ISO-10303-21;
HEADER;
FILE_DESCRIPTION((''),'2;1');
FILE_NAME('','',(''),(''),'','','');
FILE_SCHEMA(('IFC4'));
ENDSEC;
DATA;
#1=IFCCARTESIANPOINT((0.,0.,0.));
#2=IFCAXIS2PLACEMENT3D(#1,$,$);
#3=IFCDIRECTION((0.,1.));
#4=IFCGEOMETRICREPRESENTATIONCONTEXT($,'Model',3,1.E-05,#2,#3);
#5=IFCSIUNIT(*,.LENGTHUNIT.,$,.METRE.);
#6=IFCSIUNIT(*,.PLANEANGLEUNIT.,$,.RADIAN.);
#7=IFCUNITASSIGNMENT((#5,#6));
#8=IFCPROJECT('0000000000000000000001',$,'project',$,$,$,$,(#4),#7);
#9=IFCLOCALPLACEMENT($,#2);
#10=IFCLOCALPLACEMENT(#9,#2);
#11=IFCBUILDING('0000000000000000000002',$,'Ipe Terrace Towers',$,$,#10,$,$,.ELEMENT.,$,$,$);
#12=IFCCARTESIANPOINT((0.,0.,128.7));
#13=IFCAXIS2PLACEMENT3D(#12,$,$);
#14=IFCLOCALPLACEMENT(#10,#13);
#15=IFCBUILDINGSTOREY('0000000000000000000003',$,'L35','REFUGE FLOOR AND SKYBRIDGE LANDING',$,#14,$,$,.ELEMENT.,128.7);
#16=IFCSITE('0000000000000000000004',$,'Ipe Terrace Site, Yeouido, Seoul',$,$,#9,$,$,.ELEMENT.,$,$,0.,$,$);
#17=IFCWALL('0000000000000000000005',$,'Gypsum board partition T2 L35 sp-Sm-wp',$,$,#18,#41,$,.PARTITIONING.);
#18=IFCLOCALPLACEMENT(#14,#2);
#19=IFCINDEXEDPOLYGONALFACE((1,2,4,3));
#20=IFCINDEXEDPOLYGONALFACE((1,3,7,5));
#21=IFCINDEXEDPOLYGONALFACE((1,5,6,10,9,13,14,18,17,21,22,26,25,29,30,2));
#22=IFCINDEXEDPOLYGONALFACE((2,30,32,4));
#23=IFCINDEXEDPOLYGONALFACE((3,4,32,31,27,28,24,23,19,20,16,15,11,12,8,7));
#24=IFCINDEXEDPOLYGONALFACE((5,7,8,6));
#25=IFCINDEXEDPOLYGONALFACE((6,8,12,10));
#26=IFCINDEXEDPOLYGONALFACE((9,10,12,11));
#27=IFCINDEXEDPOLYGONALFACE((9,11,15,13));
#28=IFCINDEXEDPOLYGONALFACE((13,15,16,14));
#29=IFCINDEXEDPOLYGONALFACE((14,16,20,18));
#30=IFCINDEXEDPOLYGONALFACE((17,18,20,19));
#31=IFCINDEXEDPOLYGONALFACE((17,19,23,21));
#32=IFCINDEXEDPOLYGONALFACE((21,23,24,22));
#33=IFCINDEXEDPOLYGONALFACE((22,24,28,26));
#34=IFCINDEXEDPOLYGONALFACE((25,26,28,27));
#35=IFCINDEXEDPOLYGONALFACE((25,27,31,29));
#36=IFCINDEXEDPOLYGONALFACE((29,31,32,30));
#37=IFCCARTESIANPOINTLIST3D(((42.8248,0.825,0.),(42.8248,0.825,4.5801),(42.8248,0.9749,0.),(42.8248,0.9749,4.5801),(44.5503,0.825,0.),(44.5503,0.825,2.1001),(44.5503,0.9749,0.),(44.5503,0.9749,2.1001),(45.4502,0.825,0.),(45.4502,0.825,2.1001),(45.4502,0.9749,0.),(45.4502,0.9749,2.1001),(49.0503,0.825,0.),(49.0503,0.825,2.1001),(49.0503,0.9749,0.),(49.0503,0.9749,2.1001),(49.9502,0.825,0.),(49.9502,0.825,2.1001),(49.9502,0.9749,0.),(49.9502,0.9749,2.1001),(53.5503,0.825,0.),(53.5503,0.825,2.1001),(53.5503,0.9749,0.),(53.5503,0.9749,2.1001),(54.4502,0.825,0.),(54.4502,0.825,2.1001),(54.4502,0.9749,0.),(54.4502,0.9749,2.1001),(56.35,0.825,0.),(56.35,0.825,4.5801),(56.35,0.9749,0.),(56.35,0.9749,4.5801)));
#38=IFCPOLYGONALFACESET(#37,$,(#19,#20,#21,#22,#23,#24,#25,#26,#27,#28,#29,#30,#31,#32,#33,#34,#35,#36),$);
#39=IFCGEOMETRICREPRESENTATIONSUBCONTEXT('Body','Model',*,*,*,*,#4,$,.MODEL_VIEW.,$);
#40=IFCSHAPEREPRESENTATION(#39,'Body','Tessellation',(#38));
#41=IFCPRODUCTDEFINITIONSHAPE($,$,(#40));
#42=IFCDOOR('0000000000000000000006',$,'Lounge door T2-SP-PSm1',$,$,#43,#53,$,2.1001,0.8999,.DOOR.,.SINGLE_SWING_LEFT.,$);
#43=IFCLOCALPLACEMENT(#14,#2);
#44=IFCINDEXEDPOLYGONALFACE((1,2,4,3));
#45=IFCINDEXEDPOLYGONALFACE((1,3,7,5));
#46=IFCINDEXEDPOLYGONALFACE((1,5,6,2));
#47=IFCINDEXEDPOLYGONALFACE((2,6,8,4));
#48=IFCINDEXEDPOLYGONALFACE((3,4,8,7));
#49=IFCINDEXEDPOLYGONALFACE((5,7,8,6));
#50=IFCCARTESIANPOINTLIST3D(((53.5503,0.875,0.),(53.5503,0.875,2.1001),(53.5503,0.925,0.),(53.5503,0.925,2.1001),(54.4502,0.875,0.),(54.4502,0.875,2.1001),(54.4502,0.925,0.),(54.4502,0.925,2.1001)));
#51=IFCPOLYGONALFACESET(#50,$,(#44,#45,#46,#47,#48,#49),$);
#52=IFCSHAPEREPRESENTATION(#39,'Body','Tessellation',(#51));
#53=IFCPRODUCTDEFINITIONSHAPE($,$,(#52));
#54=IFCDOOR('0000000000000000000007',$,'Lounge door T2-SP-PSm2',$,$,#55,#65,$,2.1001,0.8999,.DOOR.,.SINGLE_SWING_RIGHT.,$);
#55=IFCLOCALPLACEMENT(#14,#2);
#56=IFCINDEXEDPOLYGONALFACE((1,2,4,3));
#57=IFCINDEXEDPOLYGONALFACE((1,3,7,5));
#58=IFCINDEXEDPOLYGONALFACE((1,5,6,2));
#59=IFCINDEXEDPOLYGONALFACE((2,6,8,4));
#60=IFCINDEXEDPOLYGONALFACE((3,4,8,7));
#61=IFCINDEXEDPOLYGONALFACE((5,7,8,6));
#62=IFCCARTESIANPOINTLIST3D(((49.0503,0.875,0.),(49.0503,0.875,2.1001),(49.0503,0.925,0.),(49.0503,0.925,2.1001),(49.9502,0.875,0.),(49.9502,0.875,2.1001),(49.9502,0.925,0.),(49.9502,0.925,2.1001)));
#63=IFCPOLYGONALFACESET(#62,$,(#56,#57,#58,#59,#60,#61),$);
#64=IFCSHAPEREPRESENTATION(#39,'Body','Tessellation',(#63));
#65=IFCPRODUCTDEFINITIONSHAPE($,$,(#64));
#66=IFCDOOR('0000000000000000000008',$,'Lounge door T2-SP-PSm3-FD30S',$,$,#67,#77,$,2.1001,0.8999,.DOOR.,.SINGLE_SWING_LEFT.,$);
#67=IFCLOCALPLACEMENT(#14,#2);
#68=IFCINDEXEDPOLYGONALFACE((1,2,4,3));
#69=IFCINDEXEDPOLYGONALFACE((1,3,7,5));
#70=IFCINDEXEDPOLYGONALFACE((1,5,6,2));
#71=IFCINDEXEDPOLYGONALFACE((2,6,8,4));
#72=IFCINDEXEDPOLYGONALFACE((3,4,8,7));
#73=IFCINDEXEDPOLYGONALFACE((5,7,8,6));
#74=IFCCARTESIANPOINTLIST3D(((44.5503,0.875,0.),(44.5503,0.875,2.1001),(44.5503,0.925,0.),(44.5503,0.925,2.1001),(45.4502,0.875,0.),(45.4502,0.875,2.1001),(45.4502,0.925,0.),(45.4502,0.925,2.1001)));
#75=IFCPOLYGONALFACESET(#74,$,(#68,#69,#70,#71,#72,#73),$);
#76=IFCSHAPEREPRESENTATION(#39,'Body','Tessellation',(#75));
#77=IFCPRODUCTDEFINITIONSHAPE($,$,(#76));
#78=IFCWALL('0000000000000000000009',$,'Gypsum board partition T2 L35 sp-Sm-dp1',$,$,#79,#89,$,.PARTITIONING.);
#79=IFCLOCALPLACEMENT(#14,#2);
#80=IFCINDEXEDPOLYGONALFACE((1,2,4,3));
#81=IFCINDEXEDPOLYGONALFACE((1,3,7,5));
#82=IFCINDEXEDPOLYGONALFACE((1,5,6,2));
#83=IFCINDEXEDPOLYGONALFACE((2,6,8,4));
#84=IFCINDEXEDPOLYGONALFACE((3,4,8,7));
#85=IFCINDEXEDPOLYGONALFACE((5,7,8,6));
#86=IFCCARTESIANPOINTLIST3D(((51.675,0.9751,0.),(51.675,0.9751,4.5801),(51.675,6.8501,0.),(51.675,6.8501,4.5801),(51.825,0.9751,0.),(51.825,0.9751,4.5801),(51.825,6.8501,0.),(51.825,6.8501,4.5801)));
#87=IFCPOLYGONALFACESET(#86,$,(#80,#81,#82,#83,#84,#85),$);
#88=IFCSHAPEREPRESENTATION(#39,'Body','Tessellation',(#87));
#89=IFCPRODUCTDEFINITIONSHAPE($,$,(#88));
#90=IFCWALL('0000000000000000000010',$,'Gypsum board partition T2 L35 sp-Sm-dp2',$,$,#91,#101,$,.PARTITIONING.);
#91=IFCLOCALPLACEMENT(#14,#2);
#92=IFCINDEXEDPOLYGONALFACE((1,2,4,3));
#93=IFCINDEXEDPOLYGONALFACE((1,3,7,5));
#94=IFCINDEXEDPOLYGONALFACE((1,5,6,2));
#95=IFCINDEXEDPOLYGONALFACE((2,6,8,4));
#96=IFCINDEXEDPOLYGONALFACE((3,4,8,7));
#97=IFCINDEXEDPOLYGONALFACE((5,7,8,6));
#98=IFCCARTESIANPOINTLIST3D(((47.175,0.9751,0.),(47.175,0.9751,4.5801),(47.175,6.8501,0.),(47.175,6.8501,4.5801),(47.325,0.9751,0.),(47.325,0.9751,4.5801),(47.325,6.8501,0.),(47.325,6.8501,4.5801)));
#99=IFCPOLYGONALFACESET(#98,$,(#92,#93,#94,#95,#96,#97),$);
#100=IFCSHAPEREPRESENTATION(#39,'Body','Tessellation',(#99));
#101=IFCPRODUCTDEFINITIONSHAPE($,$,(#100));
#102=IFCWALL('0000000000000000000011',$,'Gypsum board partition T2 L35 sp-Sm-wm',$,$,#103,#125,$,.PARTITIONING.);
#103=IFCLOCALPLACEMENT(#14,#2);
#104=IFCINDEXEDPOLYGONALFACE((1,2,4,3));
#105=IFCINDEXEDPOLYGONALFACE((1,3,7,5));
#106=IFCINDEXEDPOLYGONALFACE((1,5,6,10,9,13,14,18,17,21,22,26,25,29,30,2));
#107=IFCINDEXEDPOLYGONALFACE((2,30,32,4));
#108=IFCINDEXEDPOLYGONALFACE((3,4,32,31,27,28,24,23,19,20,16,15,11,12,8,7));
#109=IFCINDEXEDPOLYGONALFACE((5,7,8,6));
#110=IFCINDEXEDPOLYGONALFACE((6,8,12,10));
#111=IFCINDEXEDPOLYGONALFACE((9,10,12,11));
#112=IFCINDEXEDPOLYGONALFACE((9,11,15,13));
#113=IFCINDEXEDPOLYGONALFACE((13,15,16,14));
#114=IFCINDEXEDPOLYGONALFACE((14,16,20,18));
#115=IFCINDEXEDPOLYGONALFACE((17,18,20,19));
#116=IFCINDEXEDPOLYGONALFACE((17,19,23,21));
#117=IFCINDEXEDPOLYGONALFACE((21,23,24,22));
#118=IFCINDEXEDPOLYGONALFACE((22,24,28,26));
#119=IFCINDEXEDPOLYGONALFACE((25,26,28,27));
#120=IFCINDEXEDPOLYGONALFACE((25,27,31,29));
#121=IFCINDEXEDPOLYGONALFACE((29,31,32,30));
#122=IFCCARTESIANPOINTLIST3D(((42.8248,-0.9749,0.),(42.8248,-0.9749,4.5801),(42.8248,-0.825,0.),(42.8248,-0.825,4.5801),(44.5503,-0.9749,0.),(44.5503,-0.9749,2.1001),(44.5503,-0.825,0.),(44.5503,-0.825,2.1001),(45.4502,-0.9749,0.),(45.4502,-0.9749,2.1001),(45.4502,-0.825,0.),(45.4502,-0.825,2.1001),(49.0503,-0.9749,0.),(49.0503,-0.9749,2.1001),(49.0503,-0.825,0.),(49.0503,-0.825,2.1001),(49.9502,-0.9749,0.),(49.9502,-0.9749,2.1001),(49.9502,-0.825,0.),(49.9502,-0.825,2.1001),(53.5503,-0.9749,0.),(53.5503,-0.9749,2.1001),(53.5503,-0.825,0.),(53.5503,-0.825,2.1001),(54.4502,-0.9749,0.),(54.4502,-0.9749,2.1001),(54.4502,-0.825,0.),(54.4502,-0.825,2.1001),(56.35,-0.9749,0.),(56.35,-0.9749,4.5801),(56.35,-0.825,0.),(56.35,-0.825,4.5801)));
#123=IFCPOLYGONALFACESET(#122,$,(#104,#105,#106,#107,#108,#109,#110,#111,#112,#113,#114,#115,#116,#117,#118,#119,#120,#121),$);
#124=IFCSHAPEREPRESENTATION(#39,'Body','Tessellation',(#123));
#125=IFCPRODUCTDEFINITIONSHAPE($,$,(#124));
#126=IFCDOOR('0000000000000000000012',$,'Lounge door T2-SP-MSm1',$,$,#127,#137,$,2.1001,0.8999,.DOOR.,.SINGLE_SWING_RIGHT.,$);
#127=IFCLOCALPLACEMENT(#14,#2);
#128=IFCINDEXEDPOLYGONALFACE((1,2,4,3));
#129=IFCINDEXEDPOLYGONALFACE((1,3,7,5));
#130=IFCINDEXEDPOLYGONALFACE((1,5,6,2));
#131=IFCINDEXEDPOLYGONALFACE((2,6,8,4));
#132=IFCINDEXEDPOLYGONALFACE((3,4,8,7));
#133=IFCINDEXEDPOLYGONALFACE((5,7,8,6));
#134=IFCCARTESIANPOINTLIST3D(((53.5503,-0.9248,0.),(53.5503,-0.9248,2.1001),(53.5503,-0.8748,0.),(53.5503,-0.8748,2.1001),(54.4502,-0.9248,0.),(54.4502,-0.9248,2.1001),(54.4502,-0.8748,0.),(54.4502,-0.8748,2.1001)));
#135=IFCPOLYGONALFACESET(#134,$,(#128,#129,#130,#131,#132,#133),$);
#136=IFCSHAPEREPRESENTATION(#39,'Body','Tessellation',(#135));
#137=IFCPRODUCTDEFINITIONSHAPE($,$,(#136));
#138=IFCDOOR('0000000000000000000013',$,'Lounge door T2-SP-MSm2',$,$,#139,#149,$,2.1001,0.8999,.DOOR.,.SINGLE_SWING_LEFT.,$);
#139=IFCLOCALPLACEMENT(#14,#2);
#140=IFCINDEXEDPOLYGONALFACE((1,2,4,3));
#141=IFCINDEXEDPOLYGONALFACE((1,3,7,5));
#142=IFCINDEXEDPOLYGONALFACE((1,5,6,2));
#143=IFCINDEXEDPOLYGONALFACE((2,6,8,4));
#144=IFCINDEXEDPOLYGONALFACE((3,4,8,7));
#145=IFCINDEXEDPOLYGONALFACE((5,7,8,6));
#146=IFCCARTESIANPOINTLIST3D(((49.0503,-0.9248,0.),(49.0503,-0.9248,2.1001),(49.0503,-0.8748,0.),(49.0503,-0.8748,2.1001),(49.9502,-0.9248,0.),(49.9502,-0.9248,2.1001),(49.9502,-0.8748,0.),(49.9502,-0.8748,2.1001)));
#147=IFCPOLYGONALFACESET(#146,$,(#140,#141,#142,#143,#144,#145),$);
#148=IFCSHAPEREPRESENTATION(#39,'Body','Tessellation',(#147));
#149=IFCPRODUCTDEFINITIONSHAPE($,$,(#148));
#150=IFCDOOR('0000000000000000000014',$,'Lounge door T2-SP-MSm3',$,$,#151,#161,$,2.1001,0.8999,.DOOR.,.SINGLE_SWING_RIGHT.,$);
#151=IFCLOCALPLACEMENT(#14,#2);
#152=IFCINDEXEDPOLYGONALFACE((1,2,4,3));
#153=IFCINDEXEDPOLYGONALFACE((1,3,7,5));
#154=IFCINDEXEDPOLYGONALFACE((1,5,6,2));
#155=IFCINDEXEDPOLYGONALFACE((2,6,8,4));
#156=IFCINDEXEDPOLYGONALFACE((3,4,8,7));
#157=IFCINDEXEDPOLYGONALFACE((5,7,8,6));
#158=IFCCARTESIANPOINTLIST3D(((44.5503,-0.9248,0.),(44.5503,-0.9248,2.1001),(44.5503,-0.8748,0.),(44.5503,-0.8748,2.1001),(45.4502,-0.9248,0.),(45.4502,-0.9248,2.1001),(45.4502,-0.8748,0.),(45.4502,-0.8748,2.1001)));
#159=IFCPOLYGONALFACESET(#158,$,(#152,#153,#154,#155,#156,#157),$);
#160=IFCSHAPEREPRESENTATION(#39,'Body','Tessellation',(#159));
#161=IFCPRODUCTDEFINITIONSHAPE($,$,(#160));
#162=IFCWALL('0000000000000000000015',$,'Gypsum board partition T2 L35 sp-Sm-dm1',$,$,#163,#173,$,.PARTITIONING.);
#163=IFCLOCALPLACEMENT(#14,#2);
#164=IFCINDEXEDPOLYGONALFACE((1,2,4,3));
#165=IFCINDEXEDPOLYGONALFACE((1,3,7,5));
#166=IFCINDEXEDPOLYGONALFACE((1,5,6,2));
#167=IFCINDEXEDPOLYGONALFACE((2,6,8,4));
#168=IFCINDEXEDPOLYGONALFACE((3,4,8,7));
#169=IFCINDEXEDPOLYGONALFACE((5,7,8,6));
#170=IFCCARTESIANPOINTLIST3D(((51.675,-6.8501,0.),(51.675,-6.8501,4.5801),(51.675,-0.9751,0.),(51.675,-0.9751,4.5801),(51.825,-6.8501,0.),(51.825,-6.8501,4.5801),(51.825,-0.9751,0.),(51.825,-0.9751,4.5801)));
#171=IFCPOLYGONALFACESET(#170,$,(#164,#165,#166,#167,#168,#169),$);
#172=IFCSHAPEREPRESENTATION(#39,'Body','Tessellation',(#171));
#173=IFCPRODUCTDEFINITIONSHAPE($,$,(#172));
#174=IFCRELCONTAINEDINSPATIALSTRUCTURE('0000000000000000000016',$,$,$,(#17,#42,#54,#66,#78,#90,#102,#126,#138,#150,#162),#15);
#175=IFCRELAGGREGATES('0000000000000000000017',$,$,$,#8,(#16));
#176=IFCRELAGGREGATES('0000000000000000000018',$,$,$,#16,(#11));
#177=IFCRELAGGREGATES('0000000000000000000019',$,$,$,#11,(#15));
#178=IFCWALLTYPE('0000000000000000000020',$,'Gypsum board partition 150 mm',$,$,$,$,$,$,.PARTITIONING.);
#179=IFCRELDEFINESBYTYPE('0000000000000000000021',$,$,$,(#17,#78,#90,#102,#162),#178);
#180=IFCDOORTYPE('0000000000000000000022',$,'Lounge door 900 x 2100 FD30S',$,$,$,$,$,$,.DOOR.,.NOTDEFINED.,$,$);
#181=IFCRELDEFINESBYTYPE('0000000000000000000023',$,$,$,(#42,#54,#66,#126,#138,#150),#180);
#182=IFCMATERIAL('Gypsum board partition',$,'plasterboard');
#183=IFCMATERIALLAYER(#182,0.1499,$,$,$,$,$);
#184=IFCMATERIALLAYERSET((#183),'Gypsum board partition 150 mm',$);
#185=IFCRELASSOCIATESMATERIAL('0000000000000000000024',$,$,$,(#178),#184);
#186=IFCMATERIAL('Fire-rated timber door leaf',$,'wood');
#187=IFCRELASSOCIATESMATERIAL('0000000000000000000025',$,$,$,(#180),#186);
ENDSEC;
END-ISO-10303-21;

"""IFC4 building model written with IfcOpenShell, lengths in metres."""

from ifc_helpers import new_model, si_unit, direction, frame, frame_2d, origin, place, context, subcontext, project, spatial, rectangle, extrude, material, layer, layer_set, type_object, element, fill, save


model = new_model("IFC4")

# Units and contexts
model_context = context("Model", 3, precision=1e-05, world=origin(), true_north=direction((0.0, 1.0)))
body_context = subcontext(model_context, "Body", "Model", "MODEL_VIEW")
ifc_project = project(units=[si_unit("LENGTHUNIT", "METRE"), si_unit("PLANEANGLEUNIT", "RADIAN")], contexts=[model_context])

# Site, building, storey
site_placement = place(None, origin())
site = spatial("IfcSite", under=ifc_project, at=site_placement, Name="Ipe Terrace Site, Yeouido, Seoul", CompositionType="ELEMENT", RefElevation=0.0)
building_placement = place(site_placement, origin())
building = spatial("IfcBuilding", under=site, at=building_placement, Name="Ipe Terrace Towers", CompositionType="ELEMENT")
storey_placement = place(building_placement, frame((0.0, 0.0, 128.7)))
storey = spatial("IfcBuildingStorey", under=building, at=storey_placement, Name="L35", Description="REFUGE FLOOR AND SKYBRIDGE LANDING", CompositionType="ELEMENT", Elevation=128.7)

# Wall, openings, doors
ifc_material_1 = material(Name="Gypsum board partition", Category="plasterboard")
ifc_layer_1 = layer(ifc_material_1, 0.1499)
ifc_layer_set_1 = layer_set([ifc_layer_1], Name="Gypsum board partition 150 mm")
wall_type_1 = type_object("IfcWallType", Name="Gypsum board partition 150 mm", PredefinedType="PARTITIONING", material=ifc_layer_set_1)
wall_1_placement = place(storey_placement, frame((56.3501, 0.8999, 0.0), z_axis=(0.0, 0.0, 1.0), x_axis=(-1.0, 0.0, 0.0)))
wall_1 = element("IfcWall", 1, at=wall_1_placement, inside=storey, type_object=wall_type_1, Name="Gypsum board partition T2 L35 sp-Sm-wp", PredefinedType="PARTITIONING", context=body_context, shape_type="SweptSolid", body=[
    extrude(rectangle(XDim=13.5251, YDim=0.1499, at=frame_2d((6.7627, 0.0))), origin(), (0.0, 0.0, 1.0), 4.5801),
])
opening_1_placement = place(wall_1_placement, frame((1.8999, 0.0, 0.0)))
opening_1 = element("IfcOpeningElement", 2, at=opening_1_placement, cuts=wall_1, PredefinedType="OPENING", context=body_context, shape_type="SweptSolid", body=[
    extrude(rectangle(XDim=0.8999, YDim=2.1001, at=frame_2d((0.45, 1.05))), frame((0.0, 0.085, 0.0), z_axis=(0.0, -1.0, 0.0), x_axis=(1.0, 0.0, 0.0)), (0.0, 0.0, 1.0), 0.1699),
])
opening_2_placement = place(wall_1_placement, frame((6.3999, 0.0, 0.0)))
opening_2 = element("IfcOpeningElement", 3, at=opening_2_placement, cuts=wall_1, PredefinedType="OPENING", context=body_context, shape_type="SweptSolid", body=[
    extrude(rectangle(XDim=0.8999, YDim=2.1001, at=frame_2d((0.45, 1.05))), frame((0.0, 0.085, 0.0), z_axis=(0.0, -1.0, 0.0), x_axis=(1.0, 0.0, 0.0)), (0.0, 0.0, 1.0), 0.1699),
])
opening_3_placement = place(wall_1_placement, frame((10.8999, 0.0, 0.0)))
opening_3 = element("IfcOpeningElement", 4, at=opening_3_placement, cuts=wall_1, PredefinedType="OPENING", context=body_context, shape_type="SweptSolid", body=[
    extrude(rectangle(XDim=0.8999, YDim=2.1001, at=frame_2d((0.45, 1.05))), frame((0.0, 0.085, 0.0), z_axis=(0.0, -1.0, 0.0), x_axis=(1.0, 0.0, 0.0)), (0.0, 0.0, 1.0), 0.1699),
])
ifc_material_2 = material(Name="Fire-rated timber door leaf", Category="wood")
door_type = type_object("IfcDoorType", Name="Lounge door 900 x 2100 FD30S", OperationType="NOTDEFINED", PredefinedType="DOOR", material=ifc_material_2)
door_1_placement = place(opening_1_placement, origin())
door_1 = element("IfcDoor", 5, at=door_1_placement, inside=storey, type_object=door_type, Name="Lounge door T2-SP-PSm1", OperationType="SINGLE_SWING_LEFT", OverallHeight=2.1001, OverallWidth=0.8999, PredefinedType="DOOR", context=body_context, shape_type="SweptSolid", body=[
    extrude(rectangle(XDim=0.8999, YDim=2.1001, at=frame_2d((0.45, 1.05))), frame((0.0, 0.0249, 0.0), z_axis=(0.0, -1.0, 0.0), x_axis=(1.0, 0.0, 0.0)), (0.0, 0.0, 1.0), 0.05),
])
fill(opening_1, door_1)
door_2_placement = place(opening_2_placement, origin())
door_2 = element("IfcDoor", 6, at=door_2_placement, inside=storey, type_object=door_type, Name="Lounge door T2-SP-PSm2", OperationType="SINGLE_SWING_RIGHT", OverallHeight=2.1001, OverallWidth=0.8999, PredefinedType="DOOR", context=body_context, shape_type="SweptSolid", body=[
    extrude(rectangle(XDim=0.8999, YDim=2.1001, at=frame_2d((0.45, 1.05))), frame((0.0, 0.0249, 0.0), z_axis=(0.0, -1.0, 0.0), x_axis=(1.0, 0.0, 0.0)), (0.0, 0.0, 1.0), 0.05),
])
fill(opening_2, door_2)
door_3_placement = place(opening_3_placement, origin())
door_3 = element("IfcDoor", 7, at=door_3_placement, inside=storey, type_object=door_type, Name="Lounge door T2-SP-PSm3-FD30S", OperationType="SINGLE_SWING_LEFT", OverallHeight=2.1001, OverallWidth=0.8999, PredefinedType="DOOR", context=body_context, shape_type="SweptSolid", body=[
    extrude(rectangle(XDim=0.8999, YDim=2.1001, at=frame_2d((0.45, 1.05))), frame((0.0, 0.0249, 0.0), z_axis=(0.0, -1.0, 0.0), x_axis=(1.0, 0.0, 0.0)), (0.0, 0.0, 1.0), 0.05),
])
fill(opening_3, door_3)

# Walls
for number, where, z_axis, x_axis, name in (
    (8, (51.75, 0.9751, 0.0), (0.0, 0.0, 1.0), (0.0, 1.0, 0.0), "Gypsum board partition T2 L35 sp-Sm-dp1"),
    (9, (47.25, 0.9751, 0.0), (0.0, 0.0, 1.0), (0.0, 1.0, 0.0), "Gypsum board partition T2 L35 sp-Sm-dp2"),
):
    element("IfcWall", number, at=place(storey_placement, frame(where, z_axis=z_axis, x_axis=x_axis)), inside=storey, type_object=wall_type_1, Name=name, PredefinedType="PARTITIONING", context=body_context, shape_type="SweptSolid", body=[
        extrude(rectangle(XDim=5.875, YDim=0.1499, at=frame_2d((2.9375, 0.0))), origin(), (0.0, 0.0, 1.0), 4.5801),
    ])

# Wall, openings, doors
wall_2_placement = place(storey_placement, frame((56.3501, -0.8999, 0.0), z_axis=(0.0, 0.0, 1.0), x_axis=(-1.0, 0.0, 0.0)))
wall_2 = element("IfcWall", 10, at=wall_2_placement, inside=storey, type_object=wall_type_1, Name="Gypsum board partition T2 L35 sp-Sm-wm", PredefinedType="PARTITIONING", context=body_context, shape_type="SweptSolid", body=[
    extrude(rectangle(XDim=13.5251, YDim=0.1499, at=frame_2d((6.7627, 0.0))), origin(), (0.0, 0.0, 1.0), 4.5801),
])
opening_4_placement = place(wall_2_placement, frame((1.8999, 0.0, 0.0)))
opening_4 = element("IfcOpeningElement", 11, at=opening_4_placement, cuts=wall_2, PredefinedType="OPENING", context=body_context, shape_type="SweptSolid", body=[
    extrude(rectangle(XDim=0.8999, YDim=2.1001, at=frame_2d((0.45, 1.05))), frame((0.0, 0.085, 0.0), z_axis=(0.0, -1.0, 0.0), x_axis=(1.0, 0.0, 0.0)), (0.0, 0.0, 1.0), 0.1699),
])
opening_5_placement = place(wall_2_placement, frame((6.3999, 0.0, 0.0)))
opening_5 = element("IfcOpeningElement", 12, at=opening_5_placement, cuts=wall_2, PredefinedType="OPENING", context=body_context, shape_type="SweptSolid", body=[
    extrude(rectangle(XDim=0.8999, YDim=2.1001, at=frame_2d((0.45, 1.05))), frame((0.0, 0.085, 0.0), z_axis=(0.0, -1.0, 0.0), x_axis=(1.0, 0.0, 0.0)), (0.0, 0.0, 1.0), 0.1699),
])
opening_6_placement = place(wall_2_placement, frame((10.8999, 0.0, 0.0)))
opening_6 = element("IfcOpeningElement", 13, at=opening_6_placement, cuts=wall_2, PredefinedType="OPENING", context=body_context, shape_type="SweptSolid", body=[
    extrude(rectangle(XDim=0.8999, YDim=2.1001, at=frame_2d((0.45, 1.05))), frame((0.0, 0.085, 0.0), z_axis=(0.0, -1.0, 0.0), x_axis=(1.0, 0.0, 0.0)), (0.0, 0.0, 1.0), 0.1699),
])
door_4_placement = place(opening_4_placement, origin())
door_4 = element("IfcDoor", 14, at=door_4_placement, inside=storey, type_object=door_type, Name="Lounge door T2-SP-MSm1", OperationType="SINGLE_SWING_RIGHT", OverallHeight=2.1001, OverallWidth=0.8999, PredefinedType="DOOR", context=body_context, shape_type="SweptSolid", body=[
    extrude(rectangle(XDim=0.8999, YDim=2.1001, at=frame_2d((0.45, 1.05))), frame((0.0, 0.0249, 0.0), z_axis=(0.0, -1.0, 0.0), x_axis=(1.0, 0.0, 0.0)), (0.0, 0.0, 1.0), 0.05),
])
fill(opening_4, door_4)
door_5_placement = place(opening_5_placement, origin())
door_5 = element("IfcDoor", 15, at=door_5_placement, inside=storey, type_object=door_type, Name="Lounge door T2-SP-MSm2", OperationType="SINGLE_SWING_LEFT", OverallHeight=2.1001, OverallWidth=0.8999, PredefinedType="DOOR", context=body_context, shape_type="SweptSolid", body=[
    extrude(rectangle(XDim=0.8999, YDim=2.1001, at=frame_2d((0.45, 1.05))), frame((0.0, 0.0249, 0.0), z_axis=(0.0, -1.0, 0.0), x_axis=(1.0, 0.0, 0.0)), (0.0, 0.0, 1.0), 0.05),
])
fill(opening_5, door_5)
door_6_placement = place(opening_6_placement, origin())
door_6 = element("IfcDoor", 16, at=door_6_placement, inside=storey, type_object=door_type, Name="Lounge door T2-SP-MSm3", OperationType="SINGLE_SWING_RIGHT", OverallHeight=2.1001, OverallWidth=0.8999, PredefinedType="DOOR", context=body_context, shape_type="SweptSolid", body=[
    extrude(rectangle(XDim=0.8999, YDim=2.1001, at=frame_2d((0.45, 1.05))), frame((0.0, 0.0249, 0.0), z_axis=(0.0, -1.0, 0.0), x_axis=(1.0, 0.0, 0.0)), (0.0, 0.0, 1.0), 0.05),
])
fill(opening_6, door_6)

# Wall
for number, where, z_axis, x_axis, name in (
    (17, (51.75, -0.9751, 0.0), (0.0, 0.0, 1.0), (0.0, -1.0, 0.0), "Gypsum board partition T2 L35 sp-Sm-dm1"),
):
    element("IfcWall", number, at=place(storey_placement, frame(where, z_axis=z_axis, x_axis=x_axis)), inside=storey, type_object=wall_type_1, Name=name, PredefinedType="PARTITIONING", context=body_context, shape_type="SweptSolid", body=[
        extrude(rectangle(XDim=5.875, YDim=0.1499, at=frame_2d((2.9375, 0.0))), origin(), (0.0, 0.0, 1.0), 4.5801),
    ])

save(model, "model.ifc")
